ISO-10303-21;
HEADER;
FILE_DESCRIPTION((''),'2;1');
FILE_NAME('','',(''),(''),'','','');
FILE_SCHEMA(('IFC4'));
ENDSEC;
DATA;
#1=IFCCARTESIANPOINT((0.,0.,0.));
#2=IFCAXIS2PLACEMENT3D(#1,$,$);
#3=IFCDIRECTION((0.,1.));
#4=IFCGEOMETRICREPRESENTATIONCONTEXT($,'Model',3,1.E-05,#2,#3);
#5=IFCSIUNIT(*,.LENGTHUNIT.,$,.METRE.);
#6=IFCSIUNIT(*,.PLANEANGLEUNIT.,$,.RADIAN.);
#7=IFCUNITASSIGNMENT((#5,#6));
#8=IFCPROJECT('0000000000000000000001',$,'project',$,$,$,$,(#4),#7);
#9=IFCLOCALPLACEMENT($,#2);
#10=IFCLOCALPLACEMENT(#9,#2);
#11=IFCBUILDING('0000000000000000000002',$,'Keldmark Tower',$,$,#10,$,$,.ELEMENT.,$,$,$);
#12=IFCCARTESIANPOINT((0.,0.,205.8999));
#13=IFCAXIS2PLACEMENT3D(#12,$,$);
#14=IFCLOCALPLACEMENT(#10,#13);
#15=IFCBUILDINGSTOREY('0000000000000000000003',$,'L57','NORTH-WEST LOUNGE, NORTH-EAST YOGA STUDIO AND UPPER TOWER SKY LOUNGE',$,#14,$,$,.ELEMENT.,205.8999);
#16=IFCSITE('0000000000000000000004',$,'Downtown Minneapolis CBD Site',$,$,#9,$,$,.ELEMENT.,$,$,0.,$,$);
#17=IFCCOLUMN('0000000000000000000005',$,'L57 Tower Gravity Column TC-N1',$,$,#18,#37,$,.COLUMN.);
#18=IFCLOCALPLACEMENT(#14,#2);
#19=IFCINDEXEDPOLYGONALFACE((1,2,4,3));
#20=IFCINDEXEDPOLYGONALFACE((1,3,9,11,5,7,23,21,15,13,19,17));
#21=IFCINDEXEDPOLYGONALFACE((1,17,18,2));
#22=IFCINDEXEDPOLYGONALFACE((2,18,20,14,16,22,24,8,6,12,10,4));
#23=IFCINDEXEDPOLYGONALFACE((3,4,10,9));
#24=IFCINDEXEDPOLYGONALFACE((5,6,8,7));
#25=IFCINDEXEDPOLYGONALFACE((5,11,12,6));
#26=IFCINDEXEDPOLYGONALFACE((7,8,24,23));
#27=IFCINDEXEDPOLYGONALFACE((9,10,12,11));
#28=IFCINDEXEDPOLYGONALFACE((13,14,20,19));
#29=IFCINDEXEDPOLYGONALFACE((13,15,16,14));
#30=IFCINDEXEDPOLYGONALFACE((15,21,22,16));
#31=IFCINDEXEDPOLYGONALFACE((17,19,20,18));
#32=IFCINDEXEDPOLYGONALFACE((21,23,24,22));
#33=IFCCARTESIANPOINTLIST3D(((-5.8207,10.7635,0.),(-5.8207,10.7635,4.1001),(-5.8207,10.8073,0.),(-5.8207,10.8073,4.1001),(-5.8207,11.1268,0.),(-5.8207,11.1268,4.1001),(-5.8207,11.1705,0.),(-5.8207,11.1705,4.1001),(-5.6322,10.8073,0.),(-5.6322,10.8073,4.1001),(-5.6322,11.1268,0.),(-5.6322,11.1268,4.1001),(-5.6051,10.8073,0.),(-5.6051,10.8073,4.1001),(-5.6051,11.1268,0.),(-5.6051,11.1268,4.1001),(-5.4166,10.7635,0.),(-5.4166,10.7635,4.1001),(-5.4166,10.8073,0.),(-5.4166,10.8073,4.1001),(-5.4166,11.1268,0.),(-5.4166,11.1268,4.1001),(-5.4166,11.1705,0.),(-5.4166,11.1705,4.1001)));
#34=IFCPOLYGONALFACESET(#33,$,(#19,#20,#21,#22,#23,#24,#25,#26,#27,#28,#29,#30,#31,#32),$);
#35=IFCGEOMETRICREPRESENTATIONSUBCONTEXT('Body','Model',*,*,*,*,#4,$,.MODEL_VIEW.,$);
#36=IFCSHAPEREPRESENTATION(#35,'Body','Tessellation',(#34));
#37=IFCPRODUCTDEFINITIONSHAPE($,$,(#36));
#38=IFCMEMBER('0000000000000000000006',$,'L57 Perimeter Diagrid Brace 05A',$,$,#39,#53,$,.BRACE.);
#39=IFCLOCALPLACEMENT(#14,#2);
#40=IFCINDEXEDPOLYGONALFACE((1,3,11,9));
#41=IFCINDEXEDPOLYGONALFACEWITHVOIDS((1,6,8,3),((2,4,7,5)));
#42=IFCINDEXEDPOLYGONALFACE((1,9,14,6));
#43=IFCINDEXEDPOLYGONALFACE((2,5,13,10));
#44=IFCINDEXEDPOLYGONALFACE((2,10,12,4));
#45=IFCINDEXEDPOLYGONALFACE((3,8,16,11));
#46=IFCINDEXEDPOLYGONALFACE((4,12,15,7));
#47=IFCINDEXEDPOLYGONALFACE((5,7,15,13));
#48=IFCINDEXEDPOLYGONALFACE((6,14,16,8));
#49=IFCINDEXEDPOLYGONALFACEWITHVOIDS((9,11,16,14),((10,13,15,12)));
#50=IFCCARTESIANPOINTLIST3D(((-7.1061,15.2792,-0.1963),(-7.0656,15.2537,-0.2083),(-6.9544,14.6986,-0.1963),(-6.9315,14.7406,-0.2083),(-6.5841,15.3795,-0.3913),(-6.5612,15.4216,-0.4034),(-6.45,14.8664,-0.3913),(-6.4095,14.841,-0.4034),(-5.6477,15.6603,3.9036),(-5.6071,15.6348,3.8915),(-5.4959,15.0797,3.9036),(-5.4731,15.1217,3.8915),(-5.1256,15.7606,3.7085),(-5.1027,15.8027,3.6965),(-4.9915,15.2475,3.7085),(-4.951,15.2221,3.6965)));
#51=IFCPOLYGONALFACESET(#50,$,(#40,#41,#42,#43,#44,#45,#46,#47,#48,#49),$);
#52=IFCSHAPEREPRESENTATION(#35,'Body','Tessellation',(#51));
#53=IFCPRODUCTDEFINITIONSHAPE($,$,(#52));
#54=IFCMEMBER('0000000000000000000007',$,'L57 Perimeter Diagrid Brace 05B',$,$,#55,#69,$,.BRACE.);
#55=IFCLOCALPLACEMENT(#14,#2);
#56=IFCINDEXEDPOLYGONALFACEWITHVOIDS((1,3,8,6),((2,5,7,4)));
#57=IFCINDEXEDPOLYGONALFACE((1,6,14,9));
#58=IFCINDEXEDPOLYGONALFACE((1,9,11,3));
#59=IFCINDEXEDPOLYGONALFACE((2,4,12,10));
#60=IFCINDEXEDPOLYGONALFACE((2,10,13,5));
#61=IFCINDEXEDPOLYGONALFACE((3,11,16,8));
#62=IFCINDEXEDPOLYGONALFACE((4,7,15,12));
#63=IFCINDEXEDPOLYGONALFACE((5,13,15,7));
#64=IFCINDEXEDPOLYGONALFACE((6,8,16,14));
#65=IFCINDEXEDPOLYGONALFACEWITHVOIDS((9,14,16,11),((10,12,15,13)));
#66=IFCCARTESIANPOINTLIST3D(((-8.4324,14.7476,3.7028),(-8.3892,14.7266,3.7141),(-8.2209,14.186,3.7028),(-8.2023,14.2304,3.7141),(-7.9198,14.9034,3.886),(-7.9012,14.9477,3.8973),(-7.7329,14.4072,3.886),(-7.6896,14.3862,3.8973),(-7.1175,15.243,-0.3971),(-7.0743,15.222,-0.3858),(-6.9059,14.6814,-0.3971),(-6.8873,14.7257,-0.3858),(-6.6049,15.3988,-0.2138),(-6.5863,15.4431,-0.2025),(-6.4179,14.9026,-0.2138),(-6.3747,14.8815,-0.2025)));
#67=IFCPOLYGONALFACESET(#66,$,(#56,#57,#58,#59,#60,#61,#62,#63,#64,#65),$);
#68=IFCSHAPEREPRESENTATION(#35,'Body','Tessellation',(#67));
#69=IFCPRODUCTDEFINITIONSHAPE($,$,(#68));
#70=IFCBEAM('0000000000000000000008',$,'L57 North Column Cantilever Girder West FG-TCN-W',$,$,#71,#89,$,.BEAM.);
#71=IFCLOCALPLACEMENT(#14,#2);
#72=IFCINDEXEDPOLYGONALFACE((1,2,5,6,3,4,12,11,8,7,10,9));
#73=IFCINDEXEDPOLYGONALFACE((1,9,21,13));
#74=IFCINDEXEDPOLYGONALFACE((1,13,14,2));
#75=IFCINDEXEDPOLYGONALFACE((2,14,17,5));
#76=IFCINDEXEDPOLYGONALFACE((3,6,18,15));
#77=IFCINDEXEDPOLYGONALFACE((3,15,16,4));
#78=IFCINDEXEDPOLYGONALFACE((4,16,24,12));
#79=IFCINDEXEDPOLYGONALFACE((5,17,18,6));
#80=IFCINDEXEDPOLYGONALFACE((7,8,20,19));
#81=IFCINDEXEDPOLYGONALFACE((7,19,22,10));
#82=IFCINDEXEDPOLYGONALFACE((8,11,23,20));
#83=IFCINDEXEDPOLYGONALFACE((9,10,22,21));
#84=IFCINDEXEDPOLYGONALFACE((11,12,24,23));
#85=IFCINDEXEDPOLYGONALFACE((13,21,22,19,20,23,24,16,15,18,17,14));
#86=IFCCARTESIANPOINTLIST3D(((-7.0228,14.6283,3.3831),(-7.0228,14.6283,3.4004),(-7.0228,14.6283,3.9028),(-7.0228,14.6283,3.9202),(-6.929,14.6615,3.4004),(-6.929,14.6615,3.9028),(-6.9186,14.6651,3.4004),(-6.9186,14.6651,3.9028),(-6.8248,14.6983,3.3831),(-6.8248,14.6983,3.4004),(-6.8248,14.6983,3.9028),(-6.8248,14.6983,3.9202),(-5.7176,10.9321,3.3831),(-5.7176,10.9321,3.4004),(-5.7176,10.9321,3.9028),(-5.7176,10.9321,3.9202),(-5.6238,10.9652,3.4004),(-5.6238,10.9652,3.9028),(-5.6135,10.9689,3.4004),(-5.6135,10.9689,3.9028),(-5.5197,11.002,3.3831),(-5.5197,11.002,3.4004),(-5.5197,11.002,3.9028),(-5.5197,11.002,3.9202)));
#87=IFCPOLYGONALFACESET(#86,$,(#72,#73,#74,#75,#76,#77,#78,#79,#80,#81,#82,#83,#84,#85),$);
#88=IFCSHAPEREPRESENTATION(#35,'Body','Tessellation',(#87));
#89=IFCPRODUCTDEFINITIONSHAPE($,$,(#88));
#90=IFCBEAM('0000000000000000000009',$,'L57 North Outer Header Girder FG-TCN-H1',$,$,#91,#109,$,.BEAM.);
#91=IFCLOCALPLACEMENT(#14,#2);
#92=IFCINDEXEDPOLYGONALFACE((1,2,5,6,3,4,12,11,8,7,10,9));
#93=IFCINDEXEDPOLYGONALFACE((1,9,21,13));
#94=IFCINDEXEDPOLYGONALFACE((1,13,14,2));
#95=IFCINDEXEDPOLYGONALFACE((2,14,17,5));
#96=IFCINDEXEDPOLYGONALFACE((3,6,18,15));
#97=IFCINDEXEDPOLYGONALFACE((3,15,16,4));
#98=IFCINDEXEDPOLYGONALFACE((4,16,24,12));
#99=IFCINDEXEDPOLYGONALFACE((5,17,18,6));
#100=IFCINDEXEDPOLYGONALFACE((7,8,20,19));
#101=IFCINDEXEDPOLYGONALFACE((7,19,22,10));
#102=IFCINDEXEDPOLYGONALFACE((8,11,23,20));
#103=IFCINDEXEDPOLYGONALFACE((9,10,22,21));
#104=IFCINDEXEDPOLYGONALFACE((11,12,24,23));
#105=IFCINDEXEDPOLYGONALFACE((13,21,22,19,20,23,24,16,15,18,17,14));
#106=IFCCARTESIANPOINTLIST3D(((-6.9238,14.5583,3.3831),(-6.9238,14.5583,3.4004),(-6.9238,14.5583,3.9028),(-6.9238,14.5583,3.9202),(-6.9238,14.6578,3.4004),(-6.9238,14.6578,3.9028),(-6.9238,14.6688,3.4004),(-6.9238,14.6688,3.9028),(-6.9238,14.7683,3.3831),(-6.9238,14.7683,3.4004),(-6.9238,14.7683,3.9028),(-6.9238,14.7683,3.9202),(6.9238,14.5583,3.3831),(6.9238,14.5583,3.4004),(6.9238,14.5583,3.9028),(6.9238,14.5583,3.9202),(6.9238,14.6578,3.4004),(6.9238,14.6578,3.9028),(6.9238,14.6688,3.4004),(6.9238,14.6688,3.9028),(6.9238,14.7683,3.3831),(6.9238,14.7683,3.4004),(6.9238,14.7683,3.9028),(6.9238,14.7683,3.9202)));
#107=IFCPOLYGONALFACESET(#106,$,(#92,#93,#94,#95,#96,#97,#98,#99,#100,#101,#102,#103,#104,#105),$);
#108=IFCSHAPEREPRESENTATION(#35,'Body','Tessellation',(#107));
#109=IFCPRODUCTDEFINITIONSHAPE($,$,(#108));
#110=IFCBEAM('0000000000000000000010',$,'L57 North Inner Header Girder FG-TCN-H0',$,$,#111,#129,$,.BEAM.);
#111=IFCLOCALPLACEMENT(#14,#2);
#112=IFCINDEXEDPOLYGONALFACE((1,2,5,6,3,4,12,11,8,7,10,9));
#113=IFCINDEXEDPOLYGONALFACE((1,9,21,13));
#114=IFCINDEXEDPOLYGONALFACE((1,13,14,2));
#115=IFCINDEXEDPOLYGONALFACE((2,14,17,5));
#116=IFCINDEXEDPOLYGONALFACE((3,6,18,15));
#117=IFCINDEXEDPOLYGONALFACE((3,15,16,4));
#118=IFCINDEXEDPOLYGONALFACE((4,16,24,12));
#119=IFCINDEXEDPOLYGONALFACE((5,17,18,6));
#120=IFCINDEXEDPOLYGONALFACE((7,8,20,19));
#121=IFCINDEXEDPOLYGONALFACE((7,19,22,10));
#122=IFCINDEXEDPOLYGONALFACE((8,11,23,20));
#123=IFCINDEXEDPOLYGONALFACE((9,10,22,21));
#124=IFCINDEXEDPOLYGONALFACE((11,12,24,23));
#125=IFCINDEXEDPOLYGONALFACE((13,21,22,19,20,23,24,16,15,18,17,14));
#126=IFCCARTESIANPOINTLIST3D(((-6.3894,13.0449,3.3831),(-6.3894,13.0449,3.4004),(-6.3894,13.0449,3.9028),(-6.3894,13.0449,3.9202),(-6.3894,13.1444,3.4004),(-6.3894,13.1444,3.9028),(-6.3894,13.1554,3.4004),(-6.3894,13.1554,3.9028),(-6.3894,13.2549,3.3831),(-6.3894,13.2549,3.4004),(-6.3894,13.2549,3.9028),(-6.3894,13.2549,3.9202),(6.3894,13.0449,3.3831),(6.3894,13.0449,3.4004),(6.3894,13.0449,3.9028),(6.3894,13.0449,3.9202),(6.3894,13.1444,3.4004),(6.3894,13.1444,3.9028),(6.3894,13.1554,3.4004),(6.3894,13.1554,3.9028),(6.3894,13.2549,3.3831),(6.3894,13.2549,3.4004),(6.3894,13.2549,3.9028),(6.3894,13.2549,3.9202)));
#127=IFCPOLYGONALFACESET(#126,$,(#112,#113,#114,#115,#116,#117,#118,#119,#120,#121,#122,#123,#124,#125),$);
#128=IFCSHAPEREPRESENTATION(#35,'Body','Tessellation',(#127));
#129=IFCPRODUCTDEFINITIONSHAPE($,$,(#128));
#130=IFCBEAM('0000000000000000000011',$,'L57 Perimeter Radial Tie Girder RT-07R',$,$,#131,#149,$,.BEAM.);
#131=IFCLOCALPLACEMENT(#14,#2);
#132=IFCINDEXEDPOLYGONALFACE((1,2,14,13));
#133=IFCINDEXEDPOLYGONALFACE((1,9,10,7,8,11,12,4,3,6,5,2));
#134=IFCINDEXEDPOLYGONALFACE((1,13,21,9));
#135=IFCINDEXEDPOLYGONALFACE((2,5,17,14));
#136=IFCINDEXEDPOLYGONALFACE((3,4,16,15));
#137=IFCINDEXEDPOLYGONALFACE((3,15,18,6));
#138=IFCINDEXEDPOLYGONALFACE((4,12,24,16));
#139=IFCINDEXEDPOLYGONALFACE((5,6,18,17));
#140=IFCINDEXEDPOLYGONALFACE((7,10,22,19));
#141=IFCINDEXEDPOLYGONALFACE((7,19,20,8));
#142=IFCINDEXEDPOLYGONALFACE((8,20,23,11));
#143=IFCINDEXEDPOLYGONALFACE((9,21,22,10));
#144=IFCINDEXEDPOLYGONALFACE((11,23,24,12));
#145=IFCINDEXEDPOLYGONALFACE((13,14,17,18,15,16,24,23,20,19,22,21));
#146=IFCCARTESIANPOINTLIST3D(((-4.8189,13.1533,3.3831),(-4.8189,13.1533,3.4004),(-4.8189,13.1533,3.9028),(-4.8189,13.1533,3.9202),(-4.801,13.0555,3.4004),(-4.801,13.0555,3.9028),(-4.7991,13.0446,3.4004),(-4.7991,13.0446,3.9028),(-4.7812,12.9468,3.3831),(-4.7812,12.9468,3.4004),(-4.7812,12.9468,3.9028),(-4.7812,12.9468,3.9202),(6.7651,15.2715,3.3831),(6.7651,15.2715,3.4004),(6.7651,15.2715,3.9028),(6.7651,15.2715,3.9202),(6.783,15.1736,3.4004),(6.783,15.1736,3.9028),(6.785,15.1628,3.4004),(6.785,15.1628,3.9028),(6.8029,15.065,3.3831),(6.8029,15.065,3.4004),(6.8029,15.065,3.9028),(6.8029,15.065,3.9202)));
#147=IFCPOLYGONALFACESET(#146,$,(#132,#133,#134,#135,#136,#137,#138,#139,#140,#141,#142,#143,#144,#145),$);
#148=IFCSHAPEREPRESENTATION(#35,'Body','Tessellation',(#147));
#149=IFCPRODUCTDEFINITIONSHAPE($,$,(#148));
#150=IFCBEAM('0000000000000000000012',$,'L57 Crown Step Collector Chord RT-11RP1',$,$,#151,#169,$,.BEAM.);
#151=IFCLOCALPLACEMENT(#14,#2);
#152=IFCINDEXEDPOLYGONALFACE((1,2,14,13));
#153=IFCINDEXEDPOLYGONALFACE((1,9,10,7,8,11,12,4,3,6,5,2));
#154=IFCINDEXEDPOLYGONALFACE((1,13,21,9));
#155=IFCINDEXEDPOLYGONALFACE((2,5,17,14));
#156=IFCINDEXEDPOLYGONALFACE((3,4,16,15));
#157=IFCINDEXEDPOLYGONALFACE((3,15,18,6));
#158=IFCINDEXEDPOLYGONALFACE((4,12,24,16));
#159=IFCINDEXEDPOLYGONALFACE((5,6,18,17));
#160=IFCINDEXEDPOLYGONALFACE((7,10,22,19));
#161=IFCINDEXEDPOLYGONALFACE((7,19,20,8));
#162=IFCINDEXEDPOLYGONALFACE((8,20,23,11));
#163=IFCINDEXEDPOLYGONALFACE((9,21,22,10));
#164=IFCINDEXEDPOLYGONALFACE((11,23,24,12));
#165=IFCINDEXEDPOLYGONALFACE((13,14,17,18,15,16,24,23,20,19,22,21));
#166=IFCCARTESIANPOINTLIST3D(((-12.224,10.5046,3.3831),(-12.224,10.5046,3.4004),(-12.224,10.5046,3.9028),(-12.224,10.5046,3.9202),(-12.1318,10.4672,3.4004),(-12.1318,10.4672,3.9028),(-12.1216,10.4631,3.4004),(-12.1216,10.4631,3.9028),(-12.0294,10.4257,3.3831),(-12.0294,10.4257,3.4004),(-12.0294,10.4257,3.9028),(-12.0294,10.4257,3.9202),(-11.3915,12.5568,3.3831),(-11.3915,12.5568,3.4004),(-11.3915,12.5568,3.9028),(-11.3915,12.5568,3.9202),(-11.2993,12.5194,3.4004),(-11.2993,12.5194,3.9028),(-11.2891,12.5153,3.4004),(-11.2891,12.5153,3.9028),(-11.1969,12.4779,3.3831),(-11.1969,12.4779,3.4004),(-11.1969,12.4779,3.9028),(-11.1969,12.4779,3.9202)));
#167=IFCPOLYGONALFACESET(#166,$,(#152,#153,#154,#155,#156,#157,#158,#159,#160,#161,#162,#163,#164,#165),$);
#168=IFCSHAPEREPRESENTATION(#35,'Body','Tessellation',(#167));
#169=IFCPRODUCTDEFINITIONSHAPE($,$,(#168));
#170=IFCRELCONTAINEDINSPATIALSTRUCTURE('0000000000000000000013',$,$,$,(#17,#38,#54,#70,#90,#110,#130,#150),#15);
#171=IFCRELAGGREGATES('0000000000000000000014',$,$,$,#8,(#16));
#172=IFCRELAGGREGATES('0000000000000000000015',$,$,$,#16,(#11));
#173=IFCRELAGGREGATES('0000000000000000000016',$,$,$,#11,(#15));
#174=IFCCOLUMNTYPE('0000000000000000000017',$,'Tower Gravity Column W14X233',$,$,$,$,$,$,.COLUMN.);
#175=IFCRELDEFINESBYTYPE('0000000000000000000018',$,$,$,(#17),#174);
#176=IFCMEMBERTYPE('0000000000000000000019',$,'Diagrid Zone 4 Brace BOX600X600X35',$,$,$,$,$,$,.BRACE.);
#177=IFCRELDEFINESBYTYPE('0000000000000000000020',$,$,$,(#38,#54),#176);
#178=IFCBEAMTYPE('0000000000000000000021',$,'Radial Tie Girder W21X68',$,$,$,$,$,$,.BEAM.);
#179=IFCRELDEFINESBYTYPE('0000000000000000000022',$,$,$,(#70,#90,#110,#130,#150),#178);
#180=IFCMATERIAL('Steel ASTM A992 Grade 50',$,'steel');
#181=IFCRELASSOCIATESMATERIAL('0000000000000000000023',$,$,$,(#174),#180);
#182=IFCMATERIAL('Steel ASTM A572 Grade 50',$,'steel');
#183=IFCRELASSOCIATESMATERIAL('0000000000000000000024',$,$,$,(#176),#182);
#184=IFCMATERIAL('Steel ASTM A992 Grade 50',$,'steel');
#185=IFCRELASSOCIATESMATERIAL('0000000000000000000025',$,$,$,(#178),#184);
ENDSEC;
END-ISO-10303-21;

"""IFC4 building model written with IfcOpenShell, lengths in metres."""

from ifc_helpers import new_model, si_unit, direction, frame, origin, origin_2d, place, context, subcontext, project, spatial, hollow_rectangle, i_section, extrude, material, material_profile, profile_set, type_object, element, save


model = new_model("IFC4")

# Units and contexts
model_context = context("Model", 3, precision=1e-05, world=origin(), true_north=direction((0.0, 1.0)))
body_context = subcontext(model_context, "Body", "Model", "MODEL_VIEW")
ifc_project = project(units=[si_unit("LENGTHUNIT", "METRE"), si_unit("PLANEANGLEUNIT", "RADIAN")], contexts=[model_context])

# Site, building, storey
site_placement = place(None, origin())
site = spatial("IfcSite", under=ifc_project, at=site_placement, Name="Downtown Minneapolis CBD Site", CompositionType="ELEMENT", RefElevation=0.0)
building_placement = place(site_placement, origin())
building = spatial("IfcBuilding", under=site, at=building_placement, Name="Keldmark Tower", CompositionType="ELEMENT")
storey_placement = place(building_placement, frame((0.0, 0.0, 205.8999)))
storey = spatial("IfcBuildingStorey", under=building, at=storey_placement, Name="L57", Description="NORTH-WEST LOUNGE, NORTH-EAST YOGA STUDIO AND UPPER TOWER SKY LOUNGE", CompositionType="ELEMENT", Elevation=205.8999)

# Column
ifc_material_1 = material(Name="Steel ASTM A992 Grade 50", Category="steel")
ifc_material_profile_1 = material_profile(ifc_material_1, i_section(OverallWidth=0.4041, OverallDepth=0.407, WebThickness=0.0271, FlangeThickness=0.0437, at=origin_2d()), Name="W14X233")
ifc_profile_set_1 = profile_set([ifc_material_profile_1], Name="Steel ASTM A992 Grade 50")
column_type = type_object("IfcColumnType", Name="Tower Gravity Column W14X233", PredefinedType="COLUMN", material=ifc_profile_set_1)
column_placement = place(storey_placement, frame((-5.6187, 10.967, 0.0), z_axis=(0.0, 0.0, 1.0), x_axis=(1.0, 0.0, 0.0)))
element("IfcColumn", 1, at=column_placement, inside=storey, type_object=column_type, Name="L57 Tower Gravity Column TC-N1", PredefinedType="COLUMN", context=body_context, shape_type="SweptSolid", body=[
    extrude(i_section(OverallWidth=0.4041, OverallDepth=0.407, WebThickness=0.0271, FlangeThickness=0.0437, at=origin_2d()), origin(), (0.0, 0.0, 1.0), 4.1001),
])

# Members
ifc_material_2 = material(Name="Steel ASTM A572 Grade 50", Category="steel")
ifc_material_profile_2 = material_profile(ifc_material_2, hollow_rectangle(XDim=0.6001, YDim=0.6001, WallThickness=0.0349, at=origin_2d()), Name="BOX600X600X35")
ifc_profile_set_2 = profile_set([ifc_material_profile_2], Name="Steel ASTM A572 Grade 50")
member_type = type_object("IfcMemberType", Name="Diagrid Zone 4 Brace BOX600X600X35", PredefinedType="BRACE", material=ifc_profile_set_2)
member_1_placement = place(storey_placement, frame((-6.7578, 15.0601, -0.2998), z_axis=(0.333889, 0.087245, 0.938566), x_axis=(-0.252811, 0.967516, 0.0)))
element("IfcMember", 2, at=member_1_placement, inside=storey, type_object=member_type, Name="L57 Perimeter Diagrid Brace 05A", PredefinedType="BRACE", context=body_context, shape_type="SweptSolid", body=[
    extrude(hollow_rectangle(XDim=0.6001, YDim=0.6001, WallThickness=0.0349, at=origin_2d()), origin(), (0.0, 0.0, 1.0), 4.3682),
])
member_2_placement = place(storey_placement, frame((-6.7461, 15.0623, -0.2998), z_axis=(-0.303404, -0.114297, 0.945982), x_axis=(0.352532, -0.9358, 0.0)))
element("IfcMember", 3, at=member_2_placement, inside=storey, type_object=member_type, Name="L57 Perimeter Diagrid Brace 05B", PredefinedType="BRACE", context=body_context, shape_type="SweptSolid", body=[
    extrude(hollow_rectangle(XDim=0.6001, YDim=0.6001, WallThickness=0.0349, at=origin_2d()), origin(), (0.0, 0.0, 1.0), 4.334),
])

# Beams
ifc_material_3 = material(Name="Steel ASTM A992 Grade 50", Category="steel")
ifc_material_profile_3 = material_profile(ifc_material_3, i_section(OverallWidth=0.21, OverallDepth=0.5371, WebThickness=0.011, FlangeThickness=0.0173, at=origin_2d()), Name="W21X68")
ifc_profile_set_3 = profile_set([ifc_material_profile_3], Name="Steel ASTM A992 Grade 50")
beam_type_1 = type_object("IfcBeamType", Name="Radial Tie Girder W21X68", PredefinedType="BEAM", material=ifc_profile_set_3)
beam_1_placement = place(storey_placement, frame((-5.6187, 10.967, 3.6516), z_axis=(-0.332957, 0.942942, 0.0), x_axis=(-0.942942, -0.332957, 0.0)))
element("IfcBeam", 4, at=beam_1_placement, inside=storey, type_object=beam_type_1, Name="L57 North Column Cantilever Girder West FG-TCN-W", PredefinedType="BEAM", context=body_context, shape_type="SweptSolid", body=[
    extrude(i_section(OverallWidth=0.21, OverallDepth=0.5371, WebThickness=0.011, FlangeThickness=0.0173, at=origin_2d()), origin(), (0.0, 0.0, 1.0), 3.9199),
])
beam_2_placement = place(storey_placement, frame((-6.9238, 14.6633, 3.6516), z_axis=(1.0, 0.0, 0.0), x_axis=(0.0, 1.0, 0.0)))
element("IfcBeam", 5, at=beam_2_placement, inside=storey, type_object=beam_type_1, Name="L57 North Outer Header Girder FG-TCN-H1", PredefinedType="BEAM", context=body_context, shape_type="SweptSolid", body=[
    extrude(i_section(OverallWidth=0.21, OverallDepth=0.5371, WebThickness=0.011, FlangeThickness=0.0173, at=origin_2d()), origin(), (0.0, 0.0, 1.0), 13.8477),
])
beam_3_placement = place(storey_placement, frame((-6.3894, 13.1499, 3.6516), z_axis=(1.0, 0.0, 0.0), x_axis=(0.0, 1.0, 0.0)))
element("IfcBeam", 6, at=beam_3_placement, inside=storey, type_object=beam_type_1, Name="L57 North Inner Header Girder FG-TCN-H0", PredefinedType="BEAM", context=body_context, shape_type="SweptSolid", body=[
    extrude(i_section(OverallWidth=0.21, OverallDepth=0.5371, WebThickness=0.011, FlangeThickness=0.0173, at=origin_2d()), origin(), (0.0, 0.0, 1.0), 12.7788),
])
beam_4_placement = place(storey_placement, frame((-4.8, 13.05, 3.6516), z_axis=(0.98369, 0.179871, 0.0), x_axis=(-0.179871, 0.98369, 0.0)))
element("IfcBeam", 7, at=beam_4_placement, inside=storey, type_object=beam_type_1, Name="L57 Perimeter Radial Tie Girder RT-07R", PredefinedType="BEAM", context=body_context, shape_type="SweptSolid", body=[
    extrude(i_section(OverallWidth=0.21, OverallDepth=0.5371, WebThickness=0.011, FlangeThickness=0.0173, at=origin_2d()), origin(), (0.0, 0.0, 1.0), 11.7761),
])
beam_5_placement = place(storey_placement, frame((-11.2942, 12.5173, 3.6516), z_axis=(-0.37591, -0.926656, 0.0), x_axis=(0.926656, -0.37591, 0.0)))
element("IfcBeam", 8, at=beam_5_placement, inside=storey, type_object=beam_type_1, Name="L57 Crown Step Collector Chord RT-11RP1", PredefinedType="BEAM", context=body_context, shape_type="SweptSolid", body=[
    extrude(i_section(OverallWidth=0.21, OverallDepth=0.5371, WebThickness=0.011, FlangeThickness=0.0173, at=origin_2d()), origin(), (0.0, 0.0, 1.0), 2.2146),
])

save(model, "model.ifc")
